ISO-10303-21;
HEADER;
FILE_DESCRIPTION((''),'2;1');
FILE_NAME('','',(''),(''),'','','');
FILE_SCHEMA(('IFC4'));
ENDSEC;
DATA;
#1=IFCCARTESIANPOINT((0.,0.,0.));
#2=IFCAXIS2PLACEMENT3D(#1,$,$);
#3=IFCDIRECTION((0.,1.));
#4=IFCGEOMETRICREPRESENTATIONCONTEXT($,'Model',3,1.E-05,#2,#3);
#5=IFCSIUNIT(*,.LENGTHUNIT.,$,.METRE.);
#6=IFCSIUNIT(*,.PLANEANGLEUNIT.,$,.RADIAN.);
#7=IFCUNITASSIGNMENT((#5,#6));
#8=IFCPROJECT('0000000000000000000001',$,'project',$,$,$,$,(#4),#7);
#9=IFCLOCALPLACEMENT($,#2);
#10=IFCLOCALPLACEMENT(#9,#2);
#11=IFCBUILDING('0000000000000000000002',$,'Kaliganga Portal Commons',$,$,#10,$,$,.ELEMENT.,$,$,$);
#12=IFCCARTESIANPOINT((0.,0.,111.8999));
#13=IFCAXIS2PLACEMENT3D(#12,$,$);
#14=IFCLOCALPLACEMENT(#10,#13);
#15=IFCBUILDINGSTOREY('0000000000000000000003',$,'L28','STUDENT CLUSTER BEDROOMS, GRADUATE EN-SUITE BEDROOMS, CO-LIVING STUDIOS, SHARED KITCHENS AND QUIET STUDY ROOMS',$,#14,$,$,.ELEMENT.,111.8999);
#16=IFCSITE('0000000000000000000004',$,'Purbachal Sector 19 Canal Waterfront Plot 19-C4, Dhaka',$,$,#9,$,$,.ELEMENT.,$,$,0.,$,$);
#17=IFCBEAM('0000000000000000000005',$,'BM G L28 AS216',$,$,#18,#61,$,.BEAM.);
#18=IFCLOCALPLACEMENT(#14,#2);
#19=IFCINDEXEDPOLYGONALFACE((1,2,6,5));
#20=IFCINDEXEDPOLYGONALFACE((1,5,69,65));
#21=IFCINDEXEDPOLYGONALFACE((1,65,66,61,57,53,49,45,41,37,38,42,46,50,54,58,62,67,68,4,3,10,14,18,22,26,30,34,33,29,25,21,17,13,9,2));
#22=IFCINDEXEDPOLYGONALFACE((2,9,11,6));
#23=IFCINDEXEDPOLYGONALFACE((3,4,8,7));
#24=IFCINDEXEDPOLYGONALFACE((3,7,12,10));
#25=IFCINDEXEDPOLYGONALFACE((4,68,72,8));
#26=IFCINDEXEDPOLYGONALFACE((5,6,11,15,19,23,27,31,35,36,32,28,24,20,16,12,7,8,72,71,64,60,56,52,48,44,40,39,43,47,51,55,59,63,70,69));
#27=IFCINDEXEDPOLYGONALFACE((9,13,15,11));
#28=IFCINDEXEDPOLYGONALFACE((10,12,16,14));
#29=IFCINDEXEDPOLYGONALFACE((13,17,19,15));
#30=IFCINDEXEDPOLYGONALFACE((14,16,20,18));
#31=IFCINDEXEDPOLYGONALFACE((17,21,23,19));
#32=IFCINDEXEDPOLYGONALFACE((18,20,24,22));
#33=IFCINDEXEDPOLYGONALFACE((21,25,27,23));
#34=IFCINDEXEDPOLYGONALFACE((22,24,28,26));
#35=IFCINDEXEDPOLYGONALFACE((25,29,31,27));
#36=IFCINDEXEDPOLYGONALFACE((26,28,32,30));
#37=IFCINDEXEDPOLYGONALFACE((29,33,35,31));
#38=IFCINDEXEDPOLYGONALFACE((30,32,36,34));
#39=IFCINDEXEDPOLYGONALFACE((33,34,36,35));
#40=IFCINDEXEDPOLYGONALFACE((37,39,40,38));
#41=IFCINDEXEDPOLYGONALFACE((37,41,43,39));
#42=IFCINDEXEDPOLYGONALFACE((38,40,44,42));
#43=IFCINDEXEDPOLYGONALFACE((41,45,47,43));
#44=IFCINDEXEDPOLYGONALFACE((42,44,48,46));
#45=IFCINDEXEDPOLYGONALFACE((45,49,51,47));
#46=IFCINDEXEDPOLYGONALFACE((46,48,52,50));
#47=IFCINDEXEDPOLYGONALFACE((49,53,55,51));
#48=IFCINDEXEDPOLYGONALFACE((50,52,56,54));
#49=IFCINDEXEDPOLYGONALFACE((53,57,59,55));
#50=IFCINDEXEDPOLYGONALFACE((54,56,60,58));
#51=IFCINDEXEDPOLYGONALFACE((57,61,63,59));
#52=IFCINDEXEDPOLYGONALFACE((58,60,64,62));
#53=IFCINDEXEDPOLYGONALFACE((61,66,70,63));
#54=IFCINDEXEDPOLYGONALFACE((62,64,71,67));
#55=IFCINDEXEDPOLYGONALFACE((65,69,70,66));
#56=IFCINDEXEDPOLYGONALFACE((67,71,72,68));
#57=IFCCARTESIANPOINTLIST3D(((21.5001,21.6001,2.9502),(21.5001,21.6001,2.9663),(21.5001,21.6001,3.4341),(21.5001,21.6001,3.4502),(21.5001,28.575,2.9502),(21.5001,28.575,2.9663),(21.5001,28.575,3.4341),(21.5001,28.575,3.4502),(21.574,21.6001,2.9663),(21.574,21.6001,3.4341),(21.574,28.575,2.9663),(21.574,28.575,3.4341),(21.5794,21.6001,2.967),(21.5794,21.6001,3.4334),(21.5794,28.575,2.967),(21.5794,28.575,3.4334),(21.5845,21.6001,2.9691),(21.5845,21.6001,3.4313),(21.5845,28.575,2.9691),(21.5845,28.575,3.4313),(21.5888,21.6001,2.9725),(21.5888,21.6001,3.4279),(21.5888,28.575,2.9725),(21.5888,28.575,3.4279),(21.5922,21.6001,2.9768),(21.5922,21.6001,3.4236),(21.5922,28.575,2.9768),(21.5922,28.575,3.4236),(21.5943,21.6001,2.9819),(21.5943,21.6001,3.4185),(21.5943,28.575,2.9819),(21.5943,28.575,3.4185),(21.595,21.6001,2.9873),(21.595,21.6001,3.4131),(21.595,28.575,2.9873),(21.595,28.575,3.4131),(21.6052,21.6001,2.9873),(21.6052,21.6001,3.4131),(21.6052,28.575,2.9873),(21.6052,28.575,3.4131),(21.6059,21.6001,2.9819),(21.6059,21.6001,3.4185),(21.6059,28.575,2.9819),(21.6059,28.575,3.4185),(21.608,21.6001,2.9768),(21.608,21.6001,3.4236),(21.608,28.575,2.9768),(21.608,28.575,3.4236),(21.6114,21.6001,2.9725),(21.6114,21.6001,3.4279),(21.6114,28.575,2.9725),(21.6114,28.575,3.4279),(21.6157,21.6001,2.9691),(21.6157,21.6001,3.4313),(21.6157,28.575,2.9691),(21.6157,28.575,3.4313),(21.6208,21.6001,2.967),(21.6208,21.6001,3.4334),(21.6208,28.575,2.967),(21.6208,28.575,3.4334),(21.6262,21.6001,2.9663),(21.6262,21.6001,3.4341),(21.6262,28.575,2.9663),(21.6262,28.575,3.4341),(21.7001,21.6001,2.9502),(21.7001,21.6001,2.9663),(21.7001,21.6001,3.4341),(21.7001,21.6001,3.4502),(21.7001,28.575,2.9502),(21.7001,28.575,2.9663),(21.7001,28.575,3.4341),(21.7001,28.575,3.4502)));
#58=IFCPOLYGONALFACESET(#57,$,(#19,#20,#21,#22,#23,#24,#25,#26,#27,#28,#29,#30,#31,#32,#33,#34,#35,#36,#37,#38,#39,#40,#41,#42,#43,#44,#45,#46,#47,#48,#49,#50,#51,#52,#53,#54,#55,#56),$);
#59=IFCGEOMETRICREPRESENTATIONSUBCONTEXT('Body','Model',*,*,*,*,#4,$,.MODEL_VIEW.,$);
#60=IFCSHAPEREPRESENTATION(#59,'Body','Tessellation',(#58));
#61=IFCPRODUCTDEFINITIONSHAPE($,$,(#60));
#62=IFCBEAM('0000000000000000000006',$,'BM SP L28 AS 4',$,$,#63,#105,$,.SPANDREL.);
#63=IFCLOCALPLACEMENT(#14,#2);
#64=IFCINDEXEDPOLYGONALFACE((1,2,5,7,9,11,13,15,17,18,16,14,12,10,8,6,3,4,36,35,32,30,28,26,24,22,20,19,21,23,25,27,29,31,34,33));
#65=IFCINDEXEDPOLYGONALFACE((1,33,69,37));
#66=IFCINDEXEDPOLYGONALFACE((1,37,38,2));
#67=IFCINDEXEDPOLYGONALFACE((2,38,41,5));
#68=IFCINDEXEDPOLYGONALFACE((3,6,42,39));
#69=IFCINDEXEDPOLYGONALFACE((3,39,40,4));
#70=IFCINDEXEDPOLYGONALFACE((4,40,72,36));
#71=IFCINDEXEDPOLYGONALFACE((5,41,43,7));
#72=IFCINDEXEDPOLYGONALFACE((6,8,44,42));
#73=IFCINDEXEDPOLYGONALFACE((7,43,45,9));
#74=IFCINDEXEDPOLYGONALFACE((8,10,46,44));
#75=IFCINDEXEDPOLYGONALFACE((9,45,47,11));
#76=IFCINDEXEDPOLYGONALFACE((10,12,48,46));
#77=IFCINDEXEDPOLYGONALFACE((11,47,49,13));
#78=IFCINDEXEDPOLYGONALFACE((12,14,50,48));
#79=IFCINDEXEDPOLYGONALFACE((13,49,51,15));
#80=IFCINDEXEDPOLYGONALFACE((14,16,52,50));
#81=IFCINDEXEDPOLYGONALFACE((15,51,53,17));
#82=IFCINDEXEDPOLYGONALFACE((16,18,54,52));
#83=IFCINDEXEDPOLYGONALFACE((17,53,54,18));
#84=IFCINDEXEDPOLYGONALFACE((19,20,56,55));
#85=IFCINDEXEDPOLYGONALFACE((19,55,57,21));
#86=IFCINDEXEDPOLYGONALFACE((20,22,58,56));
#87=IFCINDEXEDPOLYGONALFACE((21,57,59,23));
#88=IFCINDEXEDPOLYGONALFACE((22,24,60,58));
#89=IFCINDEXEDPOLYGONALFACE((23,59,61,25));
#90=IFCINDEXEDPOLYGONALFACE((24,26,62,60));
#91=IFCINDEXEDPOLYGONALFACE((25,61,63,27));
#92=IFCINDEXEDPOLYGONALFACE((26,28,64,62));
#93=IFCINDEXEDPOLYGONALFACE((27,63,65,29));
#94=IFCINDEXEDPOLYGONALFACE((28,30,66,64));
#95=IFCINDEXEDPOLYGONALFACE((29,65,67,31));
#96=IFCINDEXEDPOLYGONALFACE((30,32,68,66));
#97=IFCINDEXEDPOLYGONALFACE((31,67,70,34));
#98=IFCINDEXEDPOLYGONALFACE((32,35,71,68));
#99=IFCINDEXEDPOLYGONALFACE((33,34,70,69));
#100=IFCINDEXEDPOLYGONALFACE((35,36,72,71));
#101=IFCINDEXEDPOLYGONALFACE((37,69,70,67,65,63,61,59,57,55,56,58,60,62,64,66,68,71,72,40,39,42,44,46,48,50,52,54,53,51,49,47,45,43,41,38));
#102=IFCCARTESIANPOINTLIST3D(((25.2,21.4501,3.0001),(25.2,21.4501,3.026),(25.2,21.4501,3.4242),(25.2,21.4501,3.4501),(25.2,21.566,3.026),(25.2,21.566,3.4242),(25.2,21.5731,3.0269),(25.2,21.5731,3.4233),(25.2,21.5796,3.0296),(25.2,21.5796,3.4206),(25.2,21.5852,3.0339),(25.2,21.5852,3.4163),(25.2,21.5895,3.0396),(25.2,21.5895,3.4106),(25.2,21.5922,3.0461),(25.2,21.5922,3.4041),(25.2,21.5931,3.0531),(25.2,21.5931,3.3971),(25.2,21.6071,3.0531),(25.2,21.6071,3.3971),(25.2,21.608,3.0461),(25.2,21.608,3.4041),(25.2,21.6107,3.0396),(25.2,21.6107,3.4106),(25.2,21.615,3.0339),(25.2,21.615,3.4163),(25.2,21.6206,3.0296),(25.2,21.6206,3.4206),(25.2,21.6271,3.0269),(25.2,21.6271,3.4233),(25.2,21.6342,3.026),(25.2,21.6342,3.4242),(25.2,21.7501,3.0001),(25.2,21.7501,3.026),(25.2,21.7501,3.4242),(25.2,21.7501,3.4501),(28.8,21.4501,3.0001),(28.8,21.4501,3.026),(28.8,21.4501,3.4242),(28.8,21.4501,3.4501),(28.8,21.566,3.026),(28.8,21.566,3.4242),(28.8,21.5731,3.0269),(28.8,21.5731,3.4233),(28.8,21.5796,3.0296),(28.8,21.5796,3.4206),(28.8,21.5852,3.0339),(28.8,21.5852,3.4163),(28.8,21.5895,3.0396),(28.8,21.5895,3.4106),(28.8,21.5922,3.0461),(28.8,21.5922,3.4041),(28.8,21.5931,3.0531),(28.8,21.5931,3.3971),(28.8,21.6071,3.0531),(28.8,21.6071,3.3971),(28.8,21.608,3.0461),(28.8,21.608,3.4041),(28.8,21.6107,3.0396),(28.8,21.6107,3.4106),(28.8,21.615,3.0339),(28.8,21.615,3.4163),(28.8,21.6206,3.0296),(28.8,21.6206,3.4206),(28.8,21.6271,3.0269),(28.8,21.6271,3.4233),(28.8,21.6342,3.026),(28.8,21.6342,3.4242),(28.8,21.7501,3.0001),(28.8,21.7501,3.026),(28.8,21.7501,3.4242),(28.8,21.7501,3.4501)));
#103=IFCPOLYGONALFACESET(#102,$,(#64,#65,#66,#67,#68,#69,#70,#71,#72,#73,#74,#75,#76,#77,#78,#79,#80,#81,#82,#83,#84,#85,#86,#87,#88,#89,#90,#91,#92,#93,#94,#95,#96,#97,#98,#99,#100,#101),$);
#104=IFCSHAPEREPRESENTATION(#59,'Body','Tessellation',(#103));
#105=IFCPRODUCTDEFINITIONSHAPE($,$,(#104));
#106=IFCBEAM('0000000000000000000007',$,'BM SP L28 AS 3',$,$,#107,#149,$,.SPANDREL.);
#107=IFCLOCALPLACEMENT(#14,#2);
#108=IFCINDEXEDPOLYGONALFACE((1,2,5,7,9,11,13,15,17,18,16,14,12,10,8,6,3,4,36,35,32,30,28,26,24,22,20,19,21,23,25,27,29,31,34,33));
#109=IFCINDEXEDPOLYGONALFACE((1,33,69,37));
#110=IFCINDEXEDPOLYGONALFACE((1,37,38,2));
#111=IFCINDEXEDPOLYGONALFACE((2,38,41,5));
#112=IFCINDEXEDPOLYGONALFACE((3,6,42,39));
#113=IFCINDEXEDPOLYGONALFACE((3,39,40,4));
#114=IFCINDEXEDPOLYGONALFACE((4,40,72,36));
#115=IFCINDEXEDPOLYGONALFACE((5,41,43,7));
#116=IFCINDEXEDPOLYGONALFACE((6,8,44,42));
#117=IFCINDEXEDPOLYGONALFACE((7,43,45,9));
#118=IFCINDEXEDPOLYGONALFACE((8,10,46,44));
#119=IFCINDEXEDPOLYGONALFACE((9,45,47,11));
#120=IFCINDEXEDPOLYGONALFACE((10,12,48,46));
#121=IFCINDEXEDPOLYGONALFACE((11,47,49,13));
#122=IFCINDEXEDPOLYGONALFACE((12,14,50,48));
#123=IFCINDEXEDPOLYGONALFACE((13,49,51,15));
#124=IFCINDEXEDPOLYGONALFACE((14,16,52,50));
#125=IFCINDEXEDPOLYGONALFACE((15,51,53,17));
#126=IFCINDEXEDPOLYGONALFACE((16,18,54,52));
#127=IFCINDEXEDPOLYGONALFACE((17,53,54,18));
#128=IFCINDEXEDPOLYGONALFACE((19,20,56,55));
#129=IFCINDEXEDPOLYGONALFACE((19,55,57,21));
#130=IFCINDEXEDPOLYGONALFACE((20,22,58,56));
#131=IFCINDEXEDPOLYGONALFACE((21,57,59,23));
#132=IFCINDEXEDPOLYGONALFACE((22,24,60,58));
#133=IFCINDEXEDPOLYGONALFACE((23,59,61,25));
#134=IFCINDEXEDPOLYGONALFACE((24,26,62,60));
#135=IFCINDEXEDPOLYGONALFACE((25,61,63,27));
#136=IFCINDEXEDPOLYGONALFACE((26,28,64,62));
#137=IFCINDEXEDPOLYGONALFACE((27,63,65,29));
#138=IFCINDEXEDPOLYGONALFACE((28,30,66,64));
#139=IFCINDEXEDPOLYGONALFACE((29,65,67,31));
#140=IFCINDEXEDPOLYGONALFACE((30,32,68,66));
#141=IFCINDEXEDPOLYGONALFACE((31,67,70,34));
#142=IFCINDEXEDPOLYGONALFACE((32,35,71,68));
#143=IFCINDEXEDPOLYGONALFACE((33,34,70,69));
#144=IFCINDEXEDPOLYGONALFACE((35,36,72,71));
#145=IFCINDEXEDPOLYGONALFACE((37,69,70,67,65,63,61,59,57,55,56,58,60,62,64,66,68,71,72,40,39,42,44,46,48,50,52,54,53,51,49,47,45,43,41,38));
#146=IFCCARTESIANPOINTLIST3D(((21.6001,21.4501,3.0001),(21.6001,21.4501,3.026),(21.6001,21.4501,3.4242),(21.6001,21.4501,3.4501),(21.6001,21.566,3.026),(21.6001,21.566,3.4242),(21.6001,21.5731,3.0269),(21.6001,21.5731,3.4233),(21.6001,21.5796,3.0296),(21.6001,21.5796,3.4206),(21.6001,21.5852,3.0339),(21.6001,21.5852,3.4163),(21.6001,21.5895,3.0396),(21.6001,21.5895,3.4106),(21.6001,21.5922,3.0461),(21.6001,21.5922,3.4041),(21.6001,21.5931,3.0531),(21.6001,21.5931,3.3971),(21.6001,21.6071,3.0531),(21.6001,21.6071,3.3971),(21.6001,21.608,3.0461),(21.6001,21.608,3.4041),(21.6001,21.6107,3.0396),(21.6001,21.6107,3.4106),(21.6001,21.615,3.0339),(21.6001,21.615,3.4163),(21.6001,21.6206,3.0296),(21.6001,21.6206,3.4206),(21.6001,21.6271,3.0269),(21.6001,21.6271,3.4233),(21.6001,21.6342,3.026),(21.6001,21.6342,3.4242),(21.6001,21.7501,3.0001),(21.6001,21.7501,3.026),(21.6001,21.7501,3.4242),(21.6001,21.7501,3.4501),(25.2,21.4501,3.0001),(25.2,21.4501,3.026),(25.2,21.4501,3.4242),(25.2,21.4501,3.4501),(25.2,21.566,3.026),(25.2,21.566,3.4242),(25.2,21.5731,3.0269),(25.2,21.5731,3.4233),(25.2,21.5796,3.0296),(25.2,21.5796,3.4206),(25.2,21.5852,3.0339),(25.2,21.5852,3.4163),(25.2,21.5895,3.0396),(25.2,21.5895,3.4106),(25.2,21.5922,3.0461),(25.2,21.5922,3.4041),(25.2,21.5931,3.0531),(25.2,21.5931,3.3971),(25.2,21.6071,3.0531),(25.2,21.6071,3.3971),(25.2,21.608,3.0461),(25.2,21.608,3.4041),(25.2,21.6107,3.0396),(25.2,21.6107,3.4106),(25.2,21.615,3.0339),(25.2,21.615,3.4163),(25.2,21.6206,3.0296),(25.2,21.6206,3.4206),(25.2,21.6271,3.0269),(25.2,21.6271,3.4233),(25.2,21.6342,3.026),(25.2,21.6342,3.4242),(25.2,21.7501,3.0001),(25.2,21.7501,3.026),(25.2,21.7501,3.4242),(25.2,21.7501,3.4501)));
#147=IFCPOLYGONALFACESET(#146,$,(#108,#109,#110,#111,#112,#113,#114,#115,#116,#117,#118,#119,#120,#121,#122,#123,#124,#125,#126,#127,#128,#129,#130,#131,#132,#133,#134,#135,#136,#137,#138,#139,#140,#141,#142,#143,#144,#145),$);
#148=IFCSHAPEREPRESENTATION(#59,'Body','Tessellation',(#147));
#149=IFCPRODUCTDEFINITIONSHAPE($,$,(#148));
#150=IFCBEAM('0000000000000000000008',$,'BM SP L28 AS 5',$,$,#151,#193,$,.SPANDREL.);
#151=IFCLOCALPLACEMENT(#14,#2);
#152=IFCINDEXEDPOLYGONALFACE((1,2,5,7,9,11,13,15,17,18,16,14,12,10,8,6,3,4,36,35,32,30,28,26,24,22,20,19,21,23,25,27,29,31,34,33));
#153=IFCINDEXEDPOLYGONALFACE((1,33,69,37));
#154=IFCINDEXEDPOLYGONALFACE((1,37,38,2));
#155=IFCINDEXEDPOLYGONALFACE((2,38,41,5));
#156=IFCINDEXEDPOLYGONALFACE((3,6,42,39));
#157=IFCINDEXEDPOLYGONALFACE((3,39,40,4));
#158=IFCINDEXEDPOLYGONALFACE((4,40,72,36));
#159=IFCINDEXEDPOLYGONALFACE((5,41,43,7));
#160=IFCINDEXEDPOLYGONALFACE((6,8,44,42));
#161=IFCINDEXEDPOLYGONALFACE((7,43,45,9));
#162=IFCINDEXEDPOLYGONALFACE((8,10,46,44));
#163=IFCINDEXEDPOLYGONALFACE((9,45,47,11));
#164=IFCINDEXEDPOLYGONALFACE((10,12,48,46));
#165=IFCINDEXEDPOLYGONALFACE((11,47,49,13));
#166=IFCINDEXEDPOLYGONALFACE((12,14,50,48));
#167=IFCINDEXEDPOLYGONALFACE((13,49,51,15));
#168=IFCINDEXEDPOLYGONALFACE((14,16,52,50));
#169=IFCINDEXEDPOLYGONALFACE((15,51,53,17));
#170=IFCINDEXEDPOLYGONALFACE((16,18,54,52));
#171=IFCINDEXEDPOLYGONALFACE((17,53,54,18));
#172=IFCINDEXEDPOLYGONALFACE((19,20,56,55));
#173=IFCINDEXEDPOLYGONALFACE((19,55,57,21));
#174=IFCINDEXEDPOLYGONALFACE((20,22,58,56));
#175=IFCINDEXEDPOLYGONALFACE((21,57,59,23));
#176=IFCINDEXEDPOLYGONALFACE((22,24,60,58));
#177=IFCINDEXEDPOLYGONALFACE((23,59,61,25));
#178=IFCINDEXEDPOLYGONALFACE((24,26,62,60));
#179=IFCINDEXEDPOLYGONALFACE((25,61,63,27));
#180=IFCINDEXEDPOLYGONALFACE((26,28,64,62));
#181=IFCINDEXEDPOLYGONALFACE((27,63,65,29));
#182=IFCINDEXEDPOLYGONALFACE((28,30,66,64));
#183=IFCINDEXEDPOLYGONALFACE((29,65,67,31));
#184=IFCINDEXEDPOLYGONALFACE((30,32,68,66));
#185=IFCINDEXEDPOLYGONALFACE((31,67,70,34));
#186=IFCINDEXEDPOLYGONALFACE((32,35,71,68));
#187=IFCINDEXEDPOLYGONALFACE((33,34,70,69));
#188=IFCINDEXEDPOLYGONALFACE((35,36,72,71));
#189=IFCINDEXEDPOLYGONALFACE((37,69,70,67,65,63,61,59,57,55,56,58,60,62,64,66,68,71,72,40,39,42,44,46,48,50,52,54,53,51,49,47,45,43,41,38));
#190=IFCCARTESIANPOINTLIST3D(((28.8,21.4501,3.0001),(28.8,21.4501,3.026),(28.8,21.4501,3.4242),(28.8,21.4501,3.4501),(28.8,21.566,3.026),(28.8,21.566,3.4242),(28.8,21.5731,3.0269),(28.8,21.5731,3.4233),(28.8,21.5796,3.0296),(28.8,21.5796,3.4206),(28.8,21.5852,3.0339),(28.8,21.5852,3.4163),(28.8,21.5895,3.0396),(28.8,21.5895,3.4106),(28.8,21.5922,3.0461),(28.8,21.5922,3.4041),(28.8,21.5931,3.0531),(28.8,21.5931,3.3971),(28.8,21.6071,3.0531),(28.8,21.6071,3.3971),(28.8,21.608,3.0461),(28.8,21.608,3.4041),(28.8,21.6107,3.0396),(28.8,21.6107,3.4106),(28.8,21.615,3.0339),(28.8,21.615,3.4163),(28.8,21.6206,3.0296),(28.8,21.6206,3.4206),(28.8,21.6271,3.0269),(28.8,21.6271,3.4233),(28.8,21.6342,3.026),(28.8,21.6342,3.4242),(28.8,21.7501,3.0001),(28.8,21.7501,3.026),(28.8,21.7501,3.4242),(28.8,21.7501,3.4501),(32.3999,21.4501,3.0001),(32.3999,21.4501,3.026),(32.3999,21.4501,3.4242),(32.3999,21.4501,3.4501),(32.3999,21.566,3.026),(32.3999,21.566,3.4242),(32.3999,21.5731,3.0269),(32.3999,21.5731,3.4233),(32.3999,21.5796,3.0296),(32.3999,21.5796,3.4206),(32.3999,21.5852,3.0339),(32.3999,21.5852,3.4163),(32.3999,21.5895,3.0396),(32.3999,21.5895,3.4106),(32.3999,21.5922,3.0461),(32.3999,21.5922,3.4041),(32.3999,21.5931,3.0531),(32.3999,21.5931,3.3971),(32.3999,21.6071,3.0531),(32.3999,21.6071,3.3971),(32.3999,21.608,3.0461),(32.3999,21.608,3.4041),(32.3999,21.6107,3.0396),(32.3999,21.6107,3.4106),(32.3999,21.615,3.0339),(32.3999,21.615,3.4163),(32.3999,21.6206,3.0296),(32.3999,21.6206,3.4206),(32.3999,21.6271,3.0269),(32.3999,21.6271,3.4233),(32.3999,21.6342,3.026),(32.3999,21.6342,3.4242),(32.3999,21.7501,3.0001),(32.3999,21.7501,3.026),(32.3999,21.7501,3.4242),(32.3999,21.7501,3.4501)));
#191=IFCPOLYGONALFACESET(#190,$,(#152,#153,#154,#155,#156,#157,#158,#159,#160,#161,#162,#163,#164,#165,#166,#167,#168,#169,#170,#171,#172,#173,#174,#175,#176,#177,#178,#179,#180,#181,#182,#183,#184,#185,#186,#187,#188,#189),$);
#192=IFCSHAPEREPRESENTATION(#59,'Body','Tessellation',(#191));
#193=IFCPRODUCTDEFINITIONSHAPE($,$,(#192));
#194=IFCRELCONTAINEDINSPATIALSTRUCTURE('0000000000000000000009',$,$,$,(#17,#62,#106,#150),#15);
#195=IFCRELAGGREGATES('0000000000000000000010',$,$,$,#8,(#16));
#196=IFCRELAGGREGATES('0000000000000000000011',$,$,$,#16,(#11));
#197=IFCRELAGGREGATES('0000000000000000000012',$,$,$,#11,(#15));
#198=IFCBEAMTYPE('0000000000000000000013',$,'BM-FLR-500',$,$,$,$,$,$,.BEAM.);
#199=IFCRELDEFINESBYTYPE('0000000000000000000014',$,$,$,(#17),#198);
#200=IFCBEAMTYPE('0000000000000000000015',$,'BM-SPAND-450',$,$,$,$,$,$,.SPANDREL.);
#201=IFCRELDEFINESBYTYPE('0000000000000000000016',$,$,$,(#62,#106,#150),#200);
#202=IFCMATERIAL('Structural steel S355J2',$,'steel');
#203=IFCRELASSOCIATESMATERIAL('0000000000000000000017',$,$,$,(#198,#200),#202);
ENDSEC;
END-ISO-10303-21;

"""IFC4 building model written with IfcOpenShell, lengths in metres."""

from ifc_helpers import new_model, si_unit, direction, frame, origin, origin_2d, place, context, subcontext, project, spatial, i_section, extrude, source, transform, mapped, material, material_profile, profile_set, type_object, element, save


model = new_model("IFC4")

# Units and contexts
model_context = context("Model", 3, precision=1e-05, world=origin(), true_north=direction((0.0, 1.0)))
body_context = subcontext(model_context, "Body", "Model", "MODEL_VIEW")
ifc_project = project(units=[si_unit("LENGTHUNIT", "METRE"), si_unit("PLANEANGLEUNIT", "RADIAN")], contexts=[model_context])

# Site, building, storey
site_placement = place(None, origin())
site = spatial("IfcSite", under=ifc_project, at=site_placement, Name="Purbachal Sector 19 Canal Waterfront Plot 19-C4, Dhaka", CompositionType="ELEMENT", RefElevation=0.0)
building_placement = place(site_placement, origin())
building = spatial("IfcBuilding", under=site, at=building_placement, Name="Kaliganga Portal Commons", CompositionType="ELEMENT")
storey_placement = place(building_placement, frame((0.0, 0.0, 111.8999)))
storey = spatial("IfcBuildingStorey", under=building, at=storey_placement, Name="L28", Description="STUDENT CLUSTER BEDROOMS, GRADUATE EN-SUITE BEDROOMS, CO-LIVING STUDIOS, SHARED KITCHENS AND QUIET STUDY ROOMS", CompositionType="ELEMENT", Elevation=111.8999)

# Beams
ifc_material_1 = material(Name="Structural steel S355J2", Category="steel")
ifc_material_profile_1 = material_profile(ifc_material_1, i_section(OverallWidth=0.2, OverallDepth=0.5, WebThickness=0.0103, FlangeThickness=0.0161, FilletRadius=0.021, at=origin_2d()), Name="IPE 500")
ifc_profile_set_1 = profile_set([ifc_material_profile_1], Name="Structural steel S355J2 wide-flange")
beam_type_1 = type_object("IfcBeamType", Name="BM-FLR-500", PredefinedType="BEAM", material=ifc_profile_set_1)
shared_shape_1 = source(origin(), body_context, "Body", "SweptSolid", [
    extrude(i_section(OverallWidth=0.2, OverallDepth=0.5, WebThickness=0.0103, FlangeThickness=0.0161, FilletRadius=0.021, at=origin_2d()), origin(), (0.0, 0.0, 1.0), 6.9749),
])
beam_1_placement = place(storey_placement, frame((21.6001, 21.6001, 3.2002), z_axis=(0.0, 1.0, 0.0), x_axis=(-1.0, 0.0, 0.0)))
element("IfcBeam", 1, at=beam_1_placement, inside=storey, type_object=beam_type_1, Name="BM G L28 AS216", PredefinedType="BEAM", context=body_context, shape_type="MappedRepresentation", body=[
    mapped(shared_shape_1, transform((0.0, 0.0, 0.0), x_axis=(1.0, 0.0, 0.0), y_axis=(0.0, 1.0, 0.0), z_axis=(0.0, 0.0, 1.0), scale=1.0)),
])
ifc_material_profile_2 = material_profile(ifc_material_1, i_section(OverallWidth=0.3, OverallDepth=0.45, WebThickness=0.0139, FlangeThickness=0.0259, FilletRadius=0.0271, at=origin_2d()), Name="HE 450 B")
ifc_profile_set_2 = profile_set([ifc_material_profile_2], Name="Structural steel S355J2 wide-flange")
beam_type_2 = type_object("IfcBeamType", Name="BM-SPAND-450", PredefinedType="SPANDREL", material=ifc_profile_set_2)
shared_shape_2 = source(origin(), body_context, "Body", "SweptSolid", [
    extrude(i_section(OverallWidth=0.3, OverallDepth=0.45, WebThickness=0.0139, FlangeThickness=0.0259, FilletRadius=0.0271, at=origin_2d()), origin(), (0.0, 0.0, 1.0), 3.6001),
])
beam_2_placement = place(storey_placement, frame((25.2, 21.6001, 3.2251), z_axis=(1.0, 0.0, 0.0), x_axis=(0.0, 1.0, 0.0)))
element("IfcBeam", 2, at=beam_2_placement, inside=storey, type_object=beam_type_2, Name="BM SP L28 AS 4", PredefinedType="SPANDREL", context=body_context, shape_type="MappedRepresentation", body=[
    mapped(shared_shape_2, transform((0.0, 0.0, 0.0), x_axis=(1.0, 0.0, 0.0), y_axis=(0.0, 1.0, 0.0), z_axis=(0.0, 0.0, 1.0), scale=1.0)),
])
shared_shape_3 = source(origin(), body_context, "Body", "SweptSolid", [
    extrude(i_section(OverallWidth=0.3, OverallDepth=0.45, WebThickness=0.0139, FlangeThickness=0.0259, FilletRadius=0.0271, at=origin_2d()), origin(), (0.0, 0.0, 1.0), 3.5999),
])
for number, where, z_axis, x_axis, name in (
    (3, (21.6001, 21.6001, 3.2251), (1.0, 0.0, 0.0), (0.0, 1.0, 0.0), "BM SP L28 AS 3"),
    (4, (28.8, 21.6001, 3.2251), (1.0, 0.0, 0.0), (0.0, 1.0, 0.0), "BM SP L28 AS 5"),
):
    element("IfcBeam", number, at=place(storey_placement, frame(where, z_axis=z_axis, x_axis=x_axis)), inside=storey, type_object=beam_type_2, Name=name, PredefinedType="SPANDREL", context=body_context, shape_type="MappedRepresentation", body=[
        mapped(shared_shape_3, transform((0.0, 0.0, 0.0), x_axis=(1.0, 0.0, 0.0), y_axis=(0.0, 1.0, 0.0), z_axis=(0.0, 0.0, 1.0), scale=1.0)),
    ])

save(model, "model.ifc")
